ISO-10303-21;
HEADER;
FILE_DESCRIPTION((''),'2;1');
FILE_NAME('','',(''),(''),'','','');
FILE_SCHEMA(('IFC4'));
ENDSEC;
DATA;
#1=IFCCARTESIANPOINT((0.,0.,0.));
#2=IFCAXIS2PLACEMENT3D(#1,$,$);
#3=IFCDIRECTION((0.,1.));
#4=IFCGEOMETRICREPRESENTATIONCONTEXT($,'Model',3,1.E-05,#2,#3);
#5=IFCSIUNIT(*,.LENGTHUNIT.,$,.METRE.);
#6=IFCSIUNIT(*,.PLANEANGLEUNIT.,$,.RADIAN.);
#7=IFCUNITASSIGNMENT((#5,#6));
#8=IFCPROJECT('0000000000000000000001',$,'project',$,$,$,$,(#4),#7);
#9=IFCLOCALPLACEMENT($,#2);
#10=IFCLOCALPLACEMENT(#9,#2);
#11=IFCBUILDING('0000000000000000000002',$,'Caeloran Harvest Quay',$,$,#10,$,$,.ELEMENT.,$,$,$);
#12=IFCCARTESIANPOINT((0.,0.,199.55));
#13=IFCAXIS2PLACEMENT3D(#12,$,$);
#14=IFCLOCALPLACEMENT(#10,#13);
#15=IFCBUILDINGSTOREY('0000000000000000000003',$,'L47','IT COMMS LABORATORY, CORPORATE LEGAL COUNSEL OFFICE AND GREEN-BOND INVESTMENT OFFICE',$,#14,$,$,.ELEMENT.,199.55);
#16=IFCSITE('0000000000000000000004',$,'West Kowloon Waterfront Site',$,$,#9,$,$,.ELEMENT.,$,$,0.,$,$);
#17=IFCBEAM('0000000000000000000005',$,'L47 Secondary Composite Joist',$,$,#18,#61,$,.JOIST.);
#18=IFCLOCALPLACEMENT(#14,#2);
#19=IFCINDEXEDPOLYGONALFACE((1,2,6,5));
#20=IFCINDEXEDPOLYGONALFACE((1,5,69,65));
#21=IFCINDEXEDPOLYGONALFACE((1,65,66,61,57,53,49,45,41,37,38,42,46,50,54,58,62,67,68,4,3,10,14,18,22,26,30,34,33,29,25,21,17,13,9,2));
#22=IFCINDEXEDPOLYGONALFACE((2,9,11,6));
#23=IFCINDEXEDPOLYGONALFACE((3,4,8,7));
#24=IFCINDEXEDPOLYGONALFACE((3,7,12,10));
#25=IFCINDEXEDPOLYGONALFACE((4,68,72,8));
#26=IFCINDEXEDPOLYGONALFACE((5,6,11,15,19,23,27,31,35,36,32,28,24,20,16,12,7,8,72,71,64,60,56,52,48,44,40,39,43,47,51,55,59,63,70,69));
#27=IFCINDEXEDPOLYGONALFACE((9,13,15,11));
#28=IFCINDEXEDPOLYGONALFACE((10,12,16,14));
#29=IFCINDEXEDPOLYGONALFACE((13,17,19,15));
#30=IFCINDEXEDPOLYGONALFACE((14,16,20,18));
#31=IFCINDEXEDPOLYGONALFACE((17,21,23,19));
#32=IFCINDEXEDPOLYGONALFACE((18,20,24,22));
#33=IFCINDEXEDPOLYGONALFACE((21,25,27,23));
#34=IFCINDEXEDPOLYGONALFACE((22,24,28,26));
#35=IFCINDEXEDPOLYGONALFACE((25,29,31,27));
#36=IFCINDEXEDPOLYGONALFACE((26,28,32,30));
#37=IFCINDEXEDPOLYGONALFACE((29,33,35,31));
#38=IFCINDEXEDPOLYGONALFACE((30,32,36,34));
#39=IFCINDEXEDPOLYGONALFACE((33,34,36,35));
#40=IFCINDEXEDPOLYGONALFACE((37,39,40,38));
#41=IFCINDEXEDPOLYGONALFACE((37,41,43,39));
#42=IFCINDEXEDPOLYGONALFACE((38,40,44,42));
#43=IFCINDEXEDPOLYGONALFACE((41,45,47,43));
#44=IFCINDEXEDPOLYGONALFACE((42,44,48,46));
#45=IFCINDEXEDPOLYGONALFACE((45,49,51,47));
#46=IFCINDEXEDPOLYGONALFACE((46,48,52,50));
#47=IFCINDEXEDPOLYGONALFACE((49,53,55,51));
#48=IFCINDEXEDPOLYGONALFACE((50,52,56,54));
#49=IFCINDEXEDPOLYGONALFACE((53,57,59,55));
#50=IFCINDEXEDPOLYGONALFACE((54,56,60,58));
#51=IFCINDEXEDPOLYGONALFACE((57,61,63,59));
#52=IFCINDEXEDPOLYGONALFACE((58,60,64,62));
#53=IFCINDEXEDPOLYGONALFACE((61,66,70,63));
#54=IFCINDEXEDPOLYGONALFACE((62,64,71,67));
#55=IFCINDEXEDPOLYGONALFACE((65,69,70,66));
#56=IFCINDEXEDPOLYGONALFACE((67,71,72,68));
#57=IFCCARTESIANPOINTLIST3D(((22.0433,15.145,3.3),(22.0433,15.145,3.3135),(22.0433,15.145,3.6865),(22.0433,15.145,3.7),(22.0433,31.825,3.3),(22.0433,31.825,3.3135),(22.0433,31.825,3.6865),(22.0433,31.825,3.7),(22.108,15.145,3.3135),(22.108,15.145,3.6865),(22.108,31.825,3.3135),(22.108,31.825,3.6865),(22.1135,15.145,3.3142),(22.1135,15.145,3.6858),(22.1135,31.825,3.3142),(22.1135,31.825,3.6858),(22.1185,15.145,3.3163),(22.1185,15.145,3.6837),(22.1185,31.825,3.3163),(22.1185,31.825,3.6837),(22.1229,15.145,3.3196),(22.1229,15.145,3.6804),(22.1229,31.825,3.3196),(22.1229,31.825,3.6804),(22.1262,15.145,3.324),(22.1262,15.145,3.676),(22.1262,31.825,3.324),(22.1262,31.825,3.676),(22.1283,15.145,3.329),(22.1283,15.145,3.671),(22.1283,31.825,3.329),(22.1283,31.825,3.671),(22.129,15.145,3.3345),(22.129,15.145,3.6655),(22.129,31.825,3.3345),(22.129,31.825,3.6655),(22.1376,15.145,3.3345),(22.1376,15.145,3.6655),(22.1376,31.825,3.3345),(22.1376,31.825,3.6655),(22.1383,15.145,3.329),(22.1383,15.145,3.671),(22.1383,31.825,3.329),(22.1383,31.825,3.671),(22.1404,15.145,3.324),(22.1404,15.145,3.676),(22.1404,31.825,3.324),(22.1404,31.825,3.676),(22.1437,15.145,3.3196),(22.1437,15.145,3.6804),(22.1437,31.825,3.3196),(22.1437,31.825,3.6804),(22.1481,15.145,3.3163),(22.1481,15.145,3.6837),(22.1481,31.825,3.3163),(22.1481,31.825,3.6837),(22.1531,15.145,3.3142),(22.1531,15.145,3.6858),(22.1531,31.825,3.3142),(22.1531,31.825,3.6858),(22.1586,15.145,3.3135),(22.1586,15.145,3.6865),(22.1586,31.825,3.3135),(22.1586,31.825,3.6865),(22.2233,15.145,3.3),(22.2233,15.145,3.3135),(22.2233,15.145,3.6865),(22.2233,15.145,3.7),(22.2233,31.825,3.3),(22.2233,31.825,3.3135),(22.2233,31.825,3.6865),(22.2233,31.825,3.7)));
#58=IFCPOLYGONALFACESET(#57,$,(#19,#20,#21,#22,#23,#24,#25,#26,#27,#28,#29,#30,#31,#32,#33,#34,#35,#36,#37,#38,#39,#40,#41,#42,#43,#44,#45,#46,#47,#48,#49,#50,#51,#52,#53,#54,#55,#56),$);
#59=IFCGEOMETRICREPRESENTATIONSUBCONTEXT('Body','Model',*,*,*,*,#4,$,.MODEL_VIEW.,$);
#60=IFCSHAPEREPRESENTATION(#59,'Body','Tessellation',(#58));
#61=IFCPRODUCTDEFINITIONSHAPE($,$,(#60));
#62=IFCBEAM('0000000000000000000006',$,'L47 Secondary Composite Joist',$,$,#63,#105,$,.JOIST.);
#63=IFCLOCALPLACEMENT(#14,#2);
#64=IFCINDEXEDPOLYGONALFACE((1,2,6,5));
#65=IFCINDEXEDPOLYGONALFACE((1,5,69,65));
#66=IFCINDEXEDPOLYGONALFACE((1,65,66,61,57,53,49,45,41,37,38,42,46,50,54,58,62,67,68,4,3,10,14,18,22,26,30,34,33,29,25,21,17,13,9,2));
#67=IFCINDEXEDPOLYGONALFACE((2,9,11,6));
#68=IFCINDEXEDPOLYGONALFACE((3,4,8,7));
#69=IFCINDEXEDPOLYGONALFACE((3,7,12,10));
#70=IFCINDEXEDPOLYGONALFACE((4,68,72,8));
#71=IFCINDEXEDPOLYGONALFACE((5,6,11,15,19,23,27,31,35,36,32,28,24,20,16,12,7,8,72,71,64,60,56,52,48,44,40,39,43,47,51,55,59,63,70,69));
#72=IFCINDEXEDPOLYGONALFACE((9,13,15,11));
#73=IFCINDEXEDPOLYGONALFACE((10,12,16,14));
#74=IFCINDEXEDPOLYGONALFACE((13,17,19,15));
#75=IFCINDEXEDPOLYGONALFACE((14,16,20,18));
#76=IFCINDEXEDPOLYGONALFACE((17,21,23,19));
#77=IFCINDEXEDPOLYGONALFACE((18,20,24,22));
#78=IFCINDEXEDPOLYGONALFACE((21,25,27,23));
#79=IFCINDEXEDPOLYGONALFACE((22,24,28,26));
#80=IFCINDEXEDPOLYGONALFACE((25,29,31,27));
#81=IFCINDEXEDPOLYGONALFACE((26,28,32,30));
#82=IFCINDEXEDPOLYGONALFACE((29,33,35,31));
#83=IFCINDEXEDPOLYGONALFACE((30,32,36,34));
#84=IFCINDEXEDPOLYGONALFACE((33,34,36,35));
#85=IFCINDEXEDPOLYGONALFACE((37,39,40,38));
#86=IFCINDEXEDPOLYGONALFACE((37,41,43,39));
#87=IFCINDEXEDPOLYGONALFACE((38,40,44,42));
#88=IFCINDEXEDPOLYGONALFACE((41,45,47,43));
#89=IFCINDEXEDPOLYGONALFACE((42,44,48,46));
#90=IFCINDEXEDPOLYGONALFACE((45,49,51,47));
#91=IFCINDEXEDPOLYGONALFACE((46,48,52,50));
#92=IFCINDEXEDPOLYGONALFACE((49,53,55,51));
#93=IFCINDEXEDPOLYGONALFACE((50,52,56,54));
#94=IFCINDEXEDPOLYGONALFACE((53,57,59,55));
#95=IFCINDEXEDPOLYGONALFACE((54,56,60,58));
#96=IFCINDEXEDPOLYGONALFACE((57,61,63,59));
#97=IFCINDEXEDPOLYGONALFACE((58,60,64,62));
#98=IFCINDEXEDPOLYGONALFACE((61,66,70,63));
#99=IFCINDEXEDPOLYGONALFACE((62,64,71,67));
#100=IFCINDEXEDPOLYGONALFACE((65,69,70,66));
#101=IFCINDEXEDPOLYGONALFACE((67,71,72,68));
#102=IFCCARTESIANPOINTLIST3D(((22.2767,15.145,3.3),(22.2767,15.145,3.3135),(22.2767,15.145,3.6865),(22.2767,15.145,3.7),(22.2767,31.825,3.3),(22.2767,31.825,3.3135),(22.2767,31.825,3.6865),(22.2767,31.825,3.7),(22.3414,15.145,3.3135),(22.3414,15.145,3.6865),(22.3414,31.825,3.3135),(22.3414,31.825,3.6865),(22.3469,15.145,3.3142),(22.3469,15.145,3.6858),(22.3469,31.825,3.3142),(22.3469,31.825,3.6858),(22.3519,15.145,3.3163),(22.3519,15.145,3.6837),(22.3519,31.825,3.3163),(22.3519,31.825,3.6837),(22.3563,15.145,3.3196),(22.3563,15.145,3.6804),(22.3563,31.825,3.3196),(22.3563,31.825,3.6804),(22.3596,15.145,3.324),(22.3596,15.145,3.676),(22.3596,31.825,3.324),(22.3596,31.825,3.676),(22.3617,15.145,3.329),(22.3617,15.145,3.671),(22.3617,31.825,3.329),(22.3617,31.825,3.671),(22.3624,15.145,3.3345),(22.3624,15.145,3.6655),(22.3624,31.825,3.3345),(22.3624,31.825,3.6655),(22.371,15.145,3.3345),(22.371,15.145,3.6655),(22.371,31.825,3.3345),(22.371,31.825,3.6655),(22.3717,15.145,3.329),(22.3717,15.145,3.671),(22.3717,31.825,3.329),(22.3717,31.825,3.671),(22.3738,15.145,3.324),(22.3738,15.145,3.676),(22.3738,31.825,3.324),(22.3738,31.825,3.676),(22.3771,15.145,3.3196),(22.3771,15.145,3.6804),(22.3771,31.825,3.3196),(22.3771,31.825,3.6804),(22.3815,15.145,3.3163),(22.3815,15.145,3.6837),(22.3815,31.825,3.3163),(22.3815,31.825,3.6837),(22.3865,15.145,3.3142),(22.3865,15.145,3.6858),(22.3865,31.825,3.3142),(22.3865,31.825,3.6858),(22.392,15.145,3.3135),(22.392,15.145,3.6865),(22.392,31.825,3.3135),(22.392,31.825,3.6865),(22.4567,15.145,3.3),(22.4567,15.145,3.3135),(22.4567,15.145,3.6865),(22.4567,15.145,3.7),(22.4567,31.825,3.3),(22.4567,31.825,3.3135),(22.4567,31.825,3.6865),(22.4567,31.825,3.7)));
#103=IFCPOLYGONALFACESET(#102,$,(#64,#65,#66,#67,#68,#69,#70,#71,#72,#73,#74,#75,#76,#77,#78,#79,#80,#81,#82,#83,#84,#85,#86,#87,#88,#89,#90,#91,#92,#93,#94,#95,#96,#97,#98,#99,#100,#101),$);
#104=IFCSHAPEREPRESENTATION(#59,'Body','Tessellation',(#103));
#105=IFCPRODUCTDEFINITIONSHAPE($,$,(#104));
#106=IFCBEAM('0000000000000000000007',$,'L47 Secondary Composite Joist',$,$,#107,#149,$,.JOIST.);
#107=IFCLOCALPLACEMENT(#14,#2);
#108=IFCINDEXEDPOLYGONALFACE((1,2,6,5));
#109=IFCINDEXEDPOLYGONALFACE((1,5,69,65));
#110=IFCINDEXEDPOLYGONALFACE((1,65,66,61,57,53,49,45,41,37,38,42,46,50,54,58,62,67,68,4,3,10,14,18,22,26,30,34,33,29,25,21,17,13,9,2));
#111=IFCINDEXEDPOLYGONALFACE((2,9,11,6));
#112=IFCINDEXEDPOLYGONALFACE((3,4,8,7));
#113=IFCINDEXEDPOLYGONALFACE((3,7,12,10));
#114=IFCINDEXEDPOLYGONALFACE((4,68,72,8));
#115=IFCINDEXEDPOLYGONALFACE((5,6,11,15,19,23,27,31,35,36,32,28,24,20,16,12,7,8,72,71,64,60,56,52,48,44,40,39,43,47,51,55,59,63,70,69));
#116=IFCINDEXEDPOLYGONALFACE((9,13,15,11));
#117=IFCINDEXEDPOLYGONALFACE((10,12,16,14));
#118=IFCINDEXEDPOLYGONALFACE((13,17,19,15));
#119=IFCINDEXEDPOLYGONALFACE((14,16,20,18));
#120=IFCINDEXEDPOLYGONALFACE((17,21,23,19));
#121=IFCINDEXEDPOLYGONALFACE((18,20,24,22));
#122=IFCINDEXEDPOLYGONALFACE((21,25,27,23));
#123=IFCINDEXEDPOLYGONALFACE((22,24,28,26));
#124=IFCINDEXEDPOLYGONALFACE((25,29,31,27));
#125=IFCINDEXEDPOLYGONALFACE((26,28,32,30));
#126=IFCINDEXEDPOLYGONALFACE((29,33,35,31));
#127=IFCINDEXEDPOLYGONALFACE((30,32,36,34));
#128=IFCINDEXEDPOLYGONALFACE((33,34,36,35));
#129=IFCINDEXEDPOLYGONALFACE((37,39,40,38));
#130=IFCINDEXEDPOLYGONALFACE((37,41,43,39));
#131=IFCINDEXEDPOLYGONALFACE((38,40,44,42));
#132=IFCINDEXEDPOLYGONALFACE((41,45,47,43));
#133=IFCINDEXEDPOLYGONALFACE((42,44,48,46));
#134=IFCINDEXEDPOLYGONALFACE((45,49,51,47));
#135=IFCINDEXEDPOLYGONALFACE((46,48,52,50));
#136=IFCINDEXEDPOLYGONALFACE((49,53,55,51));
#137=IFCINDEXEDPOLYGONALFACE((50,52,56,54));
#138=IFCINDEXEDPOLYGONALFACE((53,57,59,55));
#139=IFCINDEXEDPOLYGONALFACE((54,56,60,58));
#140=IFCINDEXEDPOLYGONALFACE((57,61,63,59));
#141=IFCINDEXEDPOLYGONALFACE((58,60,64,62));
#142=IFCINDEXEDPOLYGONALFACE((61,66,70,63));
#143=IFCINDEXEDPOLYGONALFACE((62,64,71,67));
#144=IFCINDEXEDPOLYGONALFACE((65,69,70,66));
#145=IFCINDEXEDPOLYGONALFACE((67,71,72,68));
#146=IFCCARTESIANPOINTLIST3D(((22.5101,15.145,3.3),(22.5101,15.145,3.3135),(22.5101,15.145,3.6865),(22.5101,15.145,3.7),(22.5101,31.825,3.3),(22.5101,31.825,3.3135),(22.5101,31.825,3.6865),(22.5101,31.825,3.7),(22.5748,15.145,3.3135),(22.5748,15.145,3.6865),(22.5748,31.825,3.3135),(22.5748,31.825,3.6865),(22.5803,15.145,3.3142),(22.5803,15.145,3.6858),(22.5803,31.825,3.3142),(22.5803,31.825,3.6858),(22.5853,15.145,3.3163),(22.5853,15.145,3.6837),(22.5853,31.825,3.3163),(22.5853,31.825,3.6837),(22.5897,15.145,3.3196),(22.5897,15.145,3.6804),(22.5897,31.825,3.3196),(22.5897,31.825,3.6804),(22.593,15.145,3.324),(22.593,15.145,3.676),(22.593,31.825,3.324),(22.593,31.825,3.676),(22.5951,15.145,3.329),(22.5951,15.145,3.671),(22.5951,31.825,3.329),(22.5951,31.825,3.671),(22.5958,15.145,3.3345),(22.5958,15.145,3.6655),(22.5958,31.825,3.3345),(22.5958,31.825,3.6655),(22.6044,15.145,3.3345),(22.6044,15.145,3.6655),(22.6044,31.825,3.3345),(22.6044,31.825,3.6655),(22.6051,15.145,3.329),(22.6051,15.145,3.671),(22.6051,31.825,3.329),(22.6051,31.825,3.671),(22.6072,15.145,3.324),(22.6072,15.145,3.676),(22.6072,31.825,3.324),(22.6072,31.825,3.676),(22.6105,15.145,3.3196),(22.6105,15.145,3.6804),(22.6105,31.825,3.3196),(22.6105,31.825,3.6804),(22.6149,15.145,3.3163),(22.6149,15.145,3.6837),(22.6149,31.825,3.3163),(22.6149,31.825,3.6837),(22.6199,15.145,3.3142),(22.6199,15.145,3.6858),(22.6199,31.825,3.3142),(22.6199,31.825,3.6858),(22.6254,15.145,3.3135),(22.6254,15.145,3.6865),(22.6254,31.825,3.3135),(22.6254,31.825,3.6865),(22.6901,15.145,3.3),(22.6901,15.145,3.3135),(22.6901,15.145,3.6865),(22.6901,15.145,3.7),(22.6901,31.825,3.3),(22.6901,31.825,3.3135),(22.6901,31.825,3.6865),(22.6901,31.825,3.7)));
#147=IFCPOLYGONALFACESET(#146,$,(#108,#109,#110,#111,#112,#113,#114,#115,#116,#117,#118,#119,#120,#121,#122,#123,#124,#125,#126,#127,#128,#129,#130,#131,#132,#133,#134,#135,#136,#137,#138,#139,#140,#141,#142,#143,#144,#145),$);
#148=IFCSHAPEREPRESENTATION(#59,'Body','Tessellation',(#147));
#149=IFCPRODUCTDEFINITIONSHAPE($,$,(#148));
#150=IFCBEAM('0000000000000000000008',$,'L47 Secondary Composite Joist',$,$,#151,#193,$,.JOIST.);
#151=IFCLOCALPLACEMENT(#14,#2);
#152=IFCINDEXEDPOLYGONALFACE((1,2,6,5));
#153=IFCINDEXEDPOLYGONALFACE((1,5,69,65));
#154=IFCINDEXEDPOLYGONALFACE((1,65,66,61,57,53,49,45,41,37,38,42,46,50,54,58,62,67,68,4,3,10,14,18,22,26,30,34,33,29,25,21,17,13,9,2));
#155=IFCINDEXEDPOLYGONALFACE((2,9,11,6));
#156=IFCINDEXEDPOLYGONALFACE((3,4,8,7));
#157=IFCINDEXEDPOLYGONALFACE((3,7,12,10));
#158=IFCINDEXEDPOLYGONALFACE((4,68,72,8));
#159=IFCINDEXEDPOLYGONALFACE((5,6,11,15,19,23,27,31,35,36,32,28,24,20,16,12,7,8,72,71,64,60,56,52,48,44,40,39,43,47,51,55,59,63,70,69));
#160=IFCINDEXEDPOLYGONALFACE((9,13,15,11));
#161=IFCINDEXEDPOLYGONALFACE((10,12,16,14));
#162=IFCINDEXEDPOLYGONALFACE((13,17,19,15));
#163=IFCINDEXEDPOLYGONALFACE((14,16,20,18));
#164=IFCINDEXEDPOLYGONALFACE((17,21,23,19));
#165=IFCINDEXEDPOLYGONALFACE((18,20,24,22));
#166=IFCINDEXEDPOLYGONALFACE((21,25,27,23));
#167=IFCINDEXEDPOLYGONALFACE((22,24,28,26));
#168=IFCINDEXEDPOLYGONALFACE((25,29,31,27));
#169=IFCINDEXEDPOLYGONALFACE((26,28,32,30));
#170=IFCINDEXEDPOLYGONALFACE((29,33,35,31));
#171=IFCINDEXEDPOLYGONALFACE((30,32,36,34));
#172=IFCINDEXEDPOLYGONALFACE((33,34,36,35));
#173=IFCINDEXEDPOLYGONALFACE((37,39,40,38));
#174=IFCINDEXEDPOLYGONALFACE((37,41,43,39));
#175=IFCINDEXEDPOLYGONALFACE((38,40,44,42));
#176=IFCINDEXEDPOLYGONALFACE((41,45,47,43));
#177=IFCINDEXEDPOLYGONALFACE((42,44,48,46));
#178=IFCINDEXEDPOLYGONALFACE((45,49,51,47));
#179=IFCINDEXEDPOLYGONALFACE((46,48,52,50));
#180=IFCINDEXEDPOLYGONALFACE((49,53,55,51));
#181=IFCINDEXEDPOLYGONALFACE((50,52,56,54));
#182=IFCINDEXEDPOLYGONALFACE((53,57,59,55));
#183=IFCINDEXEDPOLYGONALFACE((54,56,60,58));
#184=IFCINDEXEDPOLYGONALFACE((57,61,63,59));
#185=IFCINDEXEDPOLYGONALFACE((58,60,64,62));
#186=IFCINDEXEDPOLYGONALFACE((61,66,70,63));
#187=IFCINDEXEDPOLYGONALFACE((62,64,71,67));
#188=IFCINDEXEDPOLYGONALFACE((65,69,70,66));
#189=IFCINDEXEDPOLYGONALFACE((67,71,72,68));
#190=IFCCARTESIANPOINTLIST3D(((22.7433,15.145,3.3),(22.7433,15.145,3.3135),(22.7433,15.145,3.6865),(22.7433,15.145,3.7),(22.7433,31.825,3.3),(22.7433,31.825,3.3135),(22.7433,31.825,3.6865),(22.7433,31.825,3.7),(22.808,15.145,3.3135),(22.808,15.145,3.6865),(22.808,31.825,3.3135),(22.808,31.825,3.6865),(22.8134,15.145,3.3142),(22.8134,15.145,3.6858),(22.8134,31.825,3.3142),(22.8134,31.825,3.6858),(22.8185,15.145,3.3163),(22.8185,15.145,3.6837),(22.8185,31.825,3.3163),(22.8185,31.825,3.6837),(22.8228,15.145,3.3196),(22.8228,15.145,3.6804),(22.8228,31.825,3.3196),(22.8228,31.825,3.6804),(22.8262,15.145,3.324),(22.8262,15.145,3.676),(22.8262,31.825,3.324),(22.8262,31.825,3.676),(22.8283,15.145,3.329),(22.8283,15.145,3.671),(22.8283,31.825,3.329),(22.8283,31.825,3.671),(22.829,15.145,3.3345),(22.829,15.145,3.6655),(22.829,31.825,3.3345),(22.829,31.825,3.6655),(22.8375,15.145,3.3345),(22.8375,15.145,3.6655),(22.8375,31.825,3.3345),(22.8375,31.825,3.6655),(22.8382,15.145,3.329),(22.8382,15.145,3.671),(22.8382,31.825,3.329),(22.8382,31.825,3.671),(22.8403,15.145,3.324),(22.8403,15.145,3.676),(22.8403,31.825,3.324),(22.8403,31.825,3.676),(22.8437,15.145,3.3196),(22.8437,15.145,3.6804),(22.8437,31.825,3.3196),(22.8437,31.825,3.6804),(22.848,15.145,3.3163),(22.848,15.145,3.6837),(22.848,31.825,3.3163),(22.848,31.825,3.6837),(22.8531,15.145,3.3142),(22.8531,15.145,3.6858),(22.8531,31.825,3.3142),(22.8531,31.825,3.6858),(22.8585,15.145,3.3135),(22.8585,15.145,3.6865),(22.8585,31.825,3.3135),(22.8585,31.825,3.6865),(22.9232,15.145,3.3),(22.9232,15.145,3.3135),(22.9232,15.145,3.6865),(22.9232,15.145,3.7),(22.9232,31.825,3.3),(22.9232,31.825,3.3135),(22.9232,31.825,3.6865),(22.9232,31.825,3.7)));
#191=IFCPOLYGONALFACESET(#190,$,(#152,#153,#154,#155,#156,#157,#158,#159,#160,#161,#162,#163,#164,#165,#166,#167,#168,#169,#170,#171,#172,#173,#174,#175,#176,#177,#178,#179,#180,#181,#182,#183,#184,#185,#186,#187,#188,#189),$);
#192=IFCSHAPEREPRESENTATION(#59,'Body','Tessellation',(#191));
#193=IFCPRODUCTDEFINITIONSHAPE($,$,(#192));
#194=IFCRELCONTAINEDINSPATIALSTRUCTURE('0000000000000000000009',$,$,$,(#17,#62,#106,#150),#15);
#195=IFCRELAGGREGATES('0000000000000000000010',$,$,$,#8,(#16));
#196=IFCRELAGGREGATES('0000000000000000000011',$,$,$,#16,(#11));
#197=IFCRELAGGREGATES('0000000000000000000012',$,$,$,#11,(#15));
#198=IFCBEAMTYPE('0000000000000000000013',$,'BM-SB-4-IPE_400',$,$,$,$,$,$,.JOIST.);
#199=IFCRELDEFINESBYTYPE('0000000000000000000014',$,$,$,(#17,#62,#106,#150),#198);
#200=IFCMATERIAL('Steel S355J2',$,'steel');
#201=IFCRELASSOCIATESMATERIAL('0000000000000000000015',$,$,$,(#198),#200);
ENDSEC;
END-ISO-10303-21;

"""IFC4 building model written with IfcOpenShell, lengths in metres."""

from ifc_helpers import new_model, si_unit, direction, frame, origin, origin_2d, place, context, subcontext, project, spatial, i_section, extrude, material, material_profile, profile_set, type_object, element, save


model = new_model("IFC4")

# Units and contexts
model_context = context("Model", 3, precision=1e-05, world=origin(), true_north=direction((0.0, 1.0)))
body_context = subcontext(model_context, "Body", "Model", "MODEL_VIEW")
ifc_project = project(units=[si_unit("LENGTHUNIT", "METRE"), si_unit("PLANEANGLEUNIT", "RADIAN")], contexts=[model_context])

# Site, building, storey
site_placement = place(None, origin())
site = spatial("IfcSite", under=ifc_project, at=site_placement, Name="West Kowloon Waterfront Site", CompositionType="ELEMENT", RefElevation=0.0)
building_placement = place(site_placement, origin())
building = spatial("IfcBuilding", under=site, at=building_placement, Name="Caeloran Harvest Quay", CompositionType="ELEMENT")
storey_placement = place(building_placement, frame((0.0, 0.0, 199.55)))
storey = spatial("IfcBuildingStorey", under=building, at=storey_placement, Name="L47", Description="IT COMMS LABORATORY, CORPORATE LEGAL COUNSEL OFFICE AND GREEN-BOND INVESTMENT OFFICE", CompositionType="ELEMENT", Elevation=199.55)

# Beams
ifc_material_1 = material(Name="Steel S355J2", Category="steel")
ifc_material_profile_1 = material_profile(ifc_material_1, i_section(OverallWidth=0.1799, OverallDepth=0.3999, WebThickness=0.0085, FlangeThickness=0.0134, FilletRadius=0.021, at=origin_2d()), Name="IPE 400")
ifc_profile_set_1 = profile_set([ifc_material_profile_1], Name="Steel S355J2")
beam_type_1 = type_object("IfcBeamType", Name="BM-SB-4-IPE_400", PredefinedType="JOIST", material=ifc_profile_set_1)
for number, where, z_axis, x_axis, name in (
    (1, (22.1333, 15.145, 3.5), (0.0, 1.0, 0.0), (-1.0, 0.0, 0.0), "L47 Secondary Composite Joist"),
    (2, (22.3667, 15.145, 3.5), (0.0, 1.0, 0.0), (-1.0, 0.0, 0.0), "L47 Secondary Composite Joist"),
    (3, (22.6001, 15.145, 3.5), (0.0, 1.0, 0.0), (-1.0, 0.0, 0.0), "L47 Secondary Composite Joist"),
    (4, (22.8333, 15.145, 3.5), (0.0, 1.0, 0.0), (-1.0, 0.0, 0.0), "L47 Secondary Composite Joist"),
):
    element("IfcBeam", number, at=place(storey_placement, frame(where, z_axis=z_axis, x_axis=x_axis)), inside=storey, type_object=beam_type_1, Name=name, PredefinedType="JOIST", context=body_context, shape_type="SweptSolid", body=[
        extrude(i_section(OverallWidth=0.1799, OverallDepth=0.3999, WebThickness=0.0085, FlangeThickness=0.0134, FilletRadius=0.021, at=origin_2d()), origin(), (0.0, 0.0, 1.0), 16.6799),
    ])

save(model, "model.ifc")
